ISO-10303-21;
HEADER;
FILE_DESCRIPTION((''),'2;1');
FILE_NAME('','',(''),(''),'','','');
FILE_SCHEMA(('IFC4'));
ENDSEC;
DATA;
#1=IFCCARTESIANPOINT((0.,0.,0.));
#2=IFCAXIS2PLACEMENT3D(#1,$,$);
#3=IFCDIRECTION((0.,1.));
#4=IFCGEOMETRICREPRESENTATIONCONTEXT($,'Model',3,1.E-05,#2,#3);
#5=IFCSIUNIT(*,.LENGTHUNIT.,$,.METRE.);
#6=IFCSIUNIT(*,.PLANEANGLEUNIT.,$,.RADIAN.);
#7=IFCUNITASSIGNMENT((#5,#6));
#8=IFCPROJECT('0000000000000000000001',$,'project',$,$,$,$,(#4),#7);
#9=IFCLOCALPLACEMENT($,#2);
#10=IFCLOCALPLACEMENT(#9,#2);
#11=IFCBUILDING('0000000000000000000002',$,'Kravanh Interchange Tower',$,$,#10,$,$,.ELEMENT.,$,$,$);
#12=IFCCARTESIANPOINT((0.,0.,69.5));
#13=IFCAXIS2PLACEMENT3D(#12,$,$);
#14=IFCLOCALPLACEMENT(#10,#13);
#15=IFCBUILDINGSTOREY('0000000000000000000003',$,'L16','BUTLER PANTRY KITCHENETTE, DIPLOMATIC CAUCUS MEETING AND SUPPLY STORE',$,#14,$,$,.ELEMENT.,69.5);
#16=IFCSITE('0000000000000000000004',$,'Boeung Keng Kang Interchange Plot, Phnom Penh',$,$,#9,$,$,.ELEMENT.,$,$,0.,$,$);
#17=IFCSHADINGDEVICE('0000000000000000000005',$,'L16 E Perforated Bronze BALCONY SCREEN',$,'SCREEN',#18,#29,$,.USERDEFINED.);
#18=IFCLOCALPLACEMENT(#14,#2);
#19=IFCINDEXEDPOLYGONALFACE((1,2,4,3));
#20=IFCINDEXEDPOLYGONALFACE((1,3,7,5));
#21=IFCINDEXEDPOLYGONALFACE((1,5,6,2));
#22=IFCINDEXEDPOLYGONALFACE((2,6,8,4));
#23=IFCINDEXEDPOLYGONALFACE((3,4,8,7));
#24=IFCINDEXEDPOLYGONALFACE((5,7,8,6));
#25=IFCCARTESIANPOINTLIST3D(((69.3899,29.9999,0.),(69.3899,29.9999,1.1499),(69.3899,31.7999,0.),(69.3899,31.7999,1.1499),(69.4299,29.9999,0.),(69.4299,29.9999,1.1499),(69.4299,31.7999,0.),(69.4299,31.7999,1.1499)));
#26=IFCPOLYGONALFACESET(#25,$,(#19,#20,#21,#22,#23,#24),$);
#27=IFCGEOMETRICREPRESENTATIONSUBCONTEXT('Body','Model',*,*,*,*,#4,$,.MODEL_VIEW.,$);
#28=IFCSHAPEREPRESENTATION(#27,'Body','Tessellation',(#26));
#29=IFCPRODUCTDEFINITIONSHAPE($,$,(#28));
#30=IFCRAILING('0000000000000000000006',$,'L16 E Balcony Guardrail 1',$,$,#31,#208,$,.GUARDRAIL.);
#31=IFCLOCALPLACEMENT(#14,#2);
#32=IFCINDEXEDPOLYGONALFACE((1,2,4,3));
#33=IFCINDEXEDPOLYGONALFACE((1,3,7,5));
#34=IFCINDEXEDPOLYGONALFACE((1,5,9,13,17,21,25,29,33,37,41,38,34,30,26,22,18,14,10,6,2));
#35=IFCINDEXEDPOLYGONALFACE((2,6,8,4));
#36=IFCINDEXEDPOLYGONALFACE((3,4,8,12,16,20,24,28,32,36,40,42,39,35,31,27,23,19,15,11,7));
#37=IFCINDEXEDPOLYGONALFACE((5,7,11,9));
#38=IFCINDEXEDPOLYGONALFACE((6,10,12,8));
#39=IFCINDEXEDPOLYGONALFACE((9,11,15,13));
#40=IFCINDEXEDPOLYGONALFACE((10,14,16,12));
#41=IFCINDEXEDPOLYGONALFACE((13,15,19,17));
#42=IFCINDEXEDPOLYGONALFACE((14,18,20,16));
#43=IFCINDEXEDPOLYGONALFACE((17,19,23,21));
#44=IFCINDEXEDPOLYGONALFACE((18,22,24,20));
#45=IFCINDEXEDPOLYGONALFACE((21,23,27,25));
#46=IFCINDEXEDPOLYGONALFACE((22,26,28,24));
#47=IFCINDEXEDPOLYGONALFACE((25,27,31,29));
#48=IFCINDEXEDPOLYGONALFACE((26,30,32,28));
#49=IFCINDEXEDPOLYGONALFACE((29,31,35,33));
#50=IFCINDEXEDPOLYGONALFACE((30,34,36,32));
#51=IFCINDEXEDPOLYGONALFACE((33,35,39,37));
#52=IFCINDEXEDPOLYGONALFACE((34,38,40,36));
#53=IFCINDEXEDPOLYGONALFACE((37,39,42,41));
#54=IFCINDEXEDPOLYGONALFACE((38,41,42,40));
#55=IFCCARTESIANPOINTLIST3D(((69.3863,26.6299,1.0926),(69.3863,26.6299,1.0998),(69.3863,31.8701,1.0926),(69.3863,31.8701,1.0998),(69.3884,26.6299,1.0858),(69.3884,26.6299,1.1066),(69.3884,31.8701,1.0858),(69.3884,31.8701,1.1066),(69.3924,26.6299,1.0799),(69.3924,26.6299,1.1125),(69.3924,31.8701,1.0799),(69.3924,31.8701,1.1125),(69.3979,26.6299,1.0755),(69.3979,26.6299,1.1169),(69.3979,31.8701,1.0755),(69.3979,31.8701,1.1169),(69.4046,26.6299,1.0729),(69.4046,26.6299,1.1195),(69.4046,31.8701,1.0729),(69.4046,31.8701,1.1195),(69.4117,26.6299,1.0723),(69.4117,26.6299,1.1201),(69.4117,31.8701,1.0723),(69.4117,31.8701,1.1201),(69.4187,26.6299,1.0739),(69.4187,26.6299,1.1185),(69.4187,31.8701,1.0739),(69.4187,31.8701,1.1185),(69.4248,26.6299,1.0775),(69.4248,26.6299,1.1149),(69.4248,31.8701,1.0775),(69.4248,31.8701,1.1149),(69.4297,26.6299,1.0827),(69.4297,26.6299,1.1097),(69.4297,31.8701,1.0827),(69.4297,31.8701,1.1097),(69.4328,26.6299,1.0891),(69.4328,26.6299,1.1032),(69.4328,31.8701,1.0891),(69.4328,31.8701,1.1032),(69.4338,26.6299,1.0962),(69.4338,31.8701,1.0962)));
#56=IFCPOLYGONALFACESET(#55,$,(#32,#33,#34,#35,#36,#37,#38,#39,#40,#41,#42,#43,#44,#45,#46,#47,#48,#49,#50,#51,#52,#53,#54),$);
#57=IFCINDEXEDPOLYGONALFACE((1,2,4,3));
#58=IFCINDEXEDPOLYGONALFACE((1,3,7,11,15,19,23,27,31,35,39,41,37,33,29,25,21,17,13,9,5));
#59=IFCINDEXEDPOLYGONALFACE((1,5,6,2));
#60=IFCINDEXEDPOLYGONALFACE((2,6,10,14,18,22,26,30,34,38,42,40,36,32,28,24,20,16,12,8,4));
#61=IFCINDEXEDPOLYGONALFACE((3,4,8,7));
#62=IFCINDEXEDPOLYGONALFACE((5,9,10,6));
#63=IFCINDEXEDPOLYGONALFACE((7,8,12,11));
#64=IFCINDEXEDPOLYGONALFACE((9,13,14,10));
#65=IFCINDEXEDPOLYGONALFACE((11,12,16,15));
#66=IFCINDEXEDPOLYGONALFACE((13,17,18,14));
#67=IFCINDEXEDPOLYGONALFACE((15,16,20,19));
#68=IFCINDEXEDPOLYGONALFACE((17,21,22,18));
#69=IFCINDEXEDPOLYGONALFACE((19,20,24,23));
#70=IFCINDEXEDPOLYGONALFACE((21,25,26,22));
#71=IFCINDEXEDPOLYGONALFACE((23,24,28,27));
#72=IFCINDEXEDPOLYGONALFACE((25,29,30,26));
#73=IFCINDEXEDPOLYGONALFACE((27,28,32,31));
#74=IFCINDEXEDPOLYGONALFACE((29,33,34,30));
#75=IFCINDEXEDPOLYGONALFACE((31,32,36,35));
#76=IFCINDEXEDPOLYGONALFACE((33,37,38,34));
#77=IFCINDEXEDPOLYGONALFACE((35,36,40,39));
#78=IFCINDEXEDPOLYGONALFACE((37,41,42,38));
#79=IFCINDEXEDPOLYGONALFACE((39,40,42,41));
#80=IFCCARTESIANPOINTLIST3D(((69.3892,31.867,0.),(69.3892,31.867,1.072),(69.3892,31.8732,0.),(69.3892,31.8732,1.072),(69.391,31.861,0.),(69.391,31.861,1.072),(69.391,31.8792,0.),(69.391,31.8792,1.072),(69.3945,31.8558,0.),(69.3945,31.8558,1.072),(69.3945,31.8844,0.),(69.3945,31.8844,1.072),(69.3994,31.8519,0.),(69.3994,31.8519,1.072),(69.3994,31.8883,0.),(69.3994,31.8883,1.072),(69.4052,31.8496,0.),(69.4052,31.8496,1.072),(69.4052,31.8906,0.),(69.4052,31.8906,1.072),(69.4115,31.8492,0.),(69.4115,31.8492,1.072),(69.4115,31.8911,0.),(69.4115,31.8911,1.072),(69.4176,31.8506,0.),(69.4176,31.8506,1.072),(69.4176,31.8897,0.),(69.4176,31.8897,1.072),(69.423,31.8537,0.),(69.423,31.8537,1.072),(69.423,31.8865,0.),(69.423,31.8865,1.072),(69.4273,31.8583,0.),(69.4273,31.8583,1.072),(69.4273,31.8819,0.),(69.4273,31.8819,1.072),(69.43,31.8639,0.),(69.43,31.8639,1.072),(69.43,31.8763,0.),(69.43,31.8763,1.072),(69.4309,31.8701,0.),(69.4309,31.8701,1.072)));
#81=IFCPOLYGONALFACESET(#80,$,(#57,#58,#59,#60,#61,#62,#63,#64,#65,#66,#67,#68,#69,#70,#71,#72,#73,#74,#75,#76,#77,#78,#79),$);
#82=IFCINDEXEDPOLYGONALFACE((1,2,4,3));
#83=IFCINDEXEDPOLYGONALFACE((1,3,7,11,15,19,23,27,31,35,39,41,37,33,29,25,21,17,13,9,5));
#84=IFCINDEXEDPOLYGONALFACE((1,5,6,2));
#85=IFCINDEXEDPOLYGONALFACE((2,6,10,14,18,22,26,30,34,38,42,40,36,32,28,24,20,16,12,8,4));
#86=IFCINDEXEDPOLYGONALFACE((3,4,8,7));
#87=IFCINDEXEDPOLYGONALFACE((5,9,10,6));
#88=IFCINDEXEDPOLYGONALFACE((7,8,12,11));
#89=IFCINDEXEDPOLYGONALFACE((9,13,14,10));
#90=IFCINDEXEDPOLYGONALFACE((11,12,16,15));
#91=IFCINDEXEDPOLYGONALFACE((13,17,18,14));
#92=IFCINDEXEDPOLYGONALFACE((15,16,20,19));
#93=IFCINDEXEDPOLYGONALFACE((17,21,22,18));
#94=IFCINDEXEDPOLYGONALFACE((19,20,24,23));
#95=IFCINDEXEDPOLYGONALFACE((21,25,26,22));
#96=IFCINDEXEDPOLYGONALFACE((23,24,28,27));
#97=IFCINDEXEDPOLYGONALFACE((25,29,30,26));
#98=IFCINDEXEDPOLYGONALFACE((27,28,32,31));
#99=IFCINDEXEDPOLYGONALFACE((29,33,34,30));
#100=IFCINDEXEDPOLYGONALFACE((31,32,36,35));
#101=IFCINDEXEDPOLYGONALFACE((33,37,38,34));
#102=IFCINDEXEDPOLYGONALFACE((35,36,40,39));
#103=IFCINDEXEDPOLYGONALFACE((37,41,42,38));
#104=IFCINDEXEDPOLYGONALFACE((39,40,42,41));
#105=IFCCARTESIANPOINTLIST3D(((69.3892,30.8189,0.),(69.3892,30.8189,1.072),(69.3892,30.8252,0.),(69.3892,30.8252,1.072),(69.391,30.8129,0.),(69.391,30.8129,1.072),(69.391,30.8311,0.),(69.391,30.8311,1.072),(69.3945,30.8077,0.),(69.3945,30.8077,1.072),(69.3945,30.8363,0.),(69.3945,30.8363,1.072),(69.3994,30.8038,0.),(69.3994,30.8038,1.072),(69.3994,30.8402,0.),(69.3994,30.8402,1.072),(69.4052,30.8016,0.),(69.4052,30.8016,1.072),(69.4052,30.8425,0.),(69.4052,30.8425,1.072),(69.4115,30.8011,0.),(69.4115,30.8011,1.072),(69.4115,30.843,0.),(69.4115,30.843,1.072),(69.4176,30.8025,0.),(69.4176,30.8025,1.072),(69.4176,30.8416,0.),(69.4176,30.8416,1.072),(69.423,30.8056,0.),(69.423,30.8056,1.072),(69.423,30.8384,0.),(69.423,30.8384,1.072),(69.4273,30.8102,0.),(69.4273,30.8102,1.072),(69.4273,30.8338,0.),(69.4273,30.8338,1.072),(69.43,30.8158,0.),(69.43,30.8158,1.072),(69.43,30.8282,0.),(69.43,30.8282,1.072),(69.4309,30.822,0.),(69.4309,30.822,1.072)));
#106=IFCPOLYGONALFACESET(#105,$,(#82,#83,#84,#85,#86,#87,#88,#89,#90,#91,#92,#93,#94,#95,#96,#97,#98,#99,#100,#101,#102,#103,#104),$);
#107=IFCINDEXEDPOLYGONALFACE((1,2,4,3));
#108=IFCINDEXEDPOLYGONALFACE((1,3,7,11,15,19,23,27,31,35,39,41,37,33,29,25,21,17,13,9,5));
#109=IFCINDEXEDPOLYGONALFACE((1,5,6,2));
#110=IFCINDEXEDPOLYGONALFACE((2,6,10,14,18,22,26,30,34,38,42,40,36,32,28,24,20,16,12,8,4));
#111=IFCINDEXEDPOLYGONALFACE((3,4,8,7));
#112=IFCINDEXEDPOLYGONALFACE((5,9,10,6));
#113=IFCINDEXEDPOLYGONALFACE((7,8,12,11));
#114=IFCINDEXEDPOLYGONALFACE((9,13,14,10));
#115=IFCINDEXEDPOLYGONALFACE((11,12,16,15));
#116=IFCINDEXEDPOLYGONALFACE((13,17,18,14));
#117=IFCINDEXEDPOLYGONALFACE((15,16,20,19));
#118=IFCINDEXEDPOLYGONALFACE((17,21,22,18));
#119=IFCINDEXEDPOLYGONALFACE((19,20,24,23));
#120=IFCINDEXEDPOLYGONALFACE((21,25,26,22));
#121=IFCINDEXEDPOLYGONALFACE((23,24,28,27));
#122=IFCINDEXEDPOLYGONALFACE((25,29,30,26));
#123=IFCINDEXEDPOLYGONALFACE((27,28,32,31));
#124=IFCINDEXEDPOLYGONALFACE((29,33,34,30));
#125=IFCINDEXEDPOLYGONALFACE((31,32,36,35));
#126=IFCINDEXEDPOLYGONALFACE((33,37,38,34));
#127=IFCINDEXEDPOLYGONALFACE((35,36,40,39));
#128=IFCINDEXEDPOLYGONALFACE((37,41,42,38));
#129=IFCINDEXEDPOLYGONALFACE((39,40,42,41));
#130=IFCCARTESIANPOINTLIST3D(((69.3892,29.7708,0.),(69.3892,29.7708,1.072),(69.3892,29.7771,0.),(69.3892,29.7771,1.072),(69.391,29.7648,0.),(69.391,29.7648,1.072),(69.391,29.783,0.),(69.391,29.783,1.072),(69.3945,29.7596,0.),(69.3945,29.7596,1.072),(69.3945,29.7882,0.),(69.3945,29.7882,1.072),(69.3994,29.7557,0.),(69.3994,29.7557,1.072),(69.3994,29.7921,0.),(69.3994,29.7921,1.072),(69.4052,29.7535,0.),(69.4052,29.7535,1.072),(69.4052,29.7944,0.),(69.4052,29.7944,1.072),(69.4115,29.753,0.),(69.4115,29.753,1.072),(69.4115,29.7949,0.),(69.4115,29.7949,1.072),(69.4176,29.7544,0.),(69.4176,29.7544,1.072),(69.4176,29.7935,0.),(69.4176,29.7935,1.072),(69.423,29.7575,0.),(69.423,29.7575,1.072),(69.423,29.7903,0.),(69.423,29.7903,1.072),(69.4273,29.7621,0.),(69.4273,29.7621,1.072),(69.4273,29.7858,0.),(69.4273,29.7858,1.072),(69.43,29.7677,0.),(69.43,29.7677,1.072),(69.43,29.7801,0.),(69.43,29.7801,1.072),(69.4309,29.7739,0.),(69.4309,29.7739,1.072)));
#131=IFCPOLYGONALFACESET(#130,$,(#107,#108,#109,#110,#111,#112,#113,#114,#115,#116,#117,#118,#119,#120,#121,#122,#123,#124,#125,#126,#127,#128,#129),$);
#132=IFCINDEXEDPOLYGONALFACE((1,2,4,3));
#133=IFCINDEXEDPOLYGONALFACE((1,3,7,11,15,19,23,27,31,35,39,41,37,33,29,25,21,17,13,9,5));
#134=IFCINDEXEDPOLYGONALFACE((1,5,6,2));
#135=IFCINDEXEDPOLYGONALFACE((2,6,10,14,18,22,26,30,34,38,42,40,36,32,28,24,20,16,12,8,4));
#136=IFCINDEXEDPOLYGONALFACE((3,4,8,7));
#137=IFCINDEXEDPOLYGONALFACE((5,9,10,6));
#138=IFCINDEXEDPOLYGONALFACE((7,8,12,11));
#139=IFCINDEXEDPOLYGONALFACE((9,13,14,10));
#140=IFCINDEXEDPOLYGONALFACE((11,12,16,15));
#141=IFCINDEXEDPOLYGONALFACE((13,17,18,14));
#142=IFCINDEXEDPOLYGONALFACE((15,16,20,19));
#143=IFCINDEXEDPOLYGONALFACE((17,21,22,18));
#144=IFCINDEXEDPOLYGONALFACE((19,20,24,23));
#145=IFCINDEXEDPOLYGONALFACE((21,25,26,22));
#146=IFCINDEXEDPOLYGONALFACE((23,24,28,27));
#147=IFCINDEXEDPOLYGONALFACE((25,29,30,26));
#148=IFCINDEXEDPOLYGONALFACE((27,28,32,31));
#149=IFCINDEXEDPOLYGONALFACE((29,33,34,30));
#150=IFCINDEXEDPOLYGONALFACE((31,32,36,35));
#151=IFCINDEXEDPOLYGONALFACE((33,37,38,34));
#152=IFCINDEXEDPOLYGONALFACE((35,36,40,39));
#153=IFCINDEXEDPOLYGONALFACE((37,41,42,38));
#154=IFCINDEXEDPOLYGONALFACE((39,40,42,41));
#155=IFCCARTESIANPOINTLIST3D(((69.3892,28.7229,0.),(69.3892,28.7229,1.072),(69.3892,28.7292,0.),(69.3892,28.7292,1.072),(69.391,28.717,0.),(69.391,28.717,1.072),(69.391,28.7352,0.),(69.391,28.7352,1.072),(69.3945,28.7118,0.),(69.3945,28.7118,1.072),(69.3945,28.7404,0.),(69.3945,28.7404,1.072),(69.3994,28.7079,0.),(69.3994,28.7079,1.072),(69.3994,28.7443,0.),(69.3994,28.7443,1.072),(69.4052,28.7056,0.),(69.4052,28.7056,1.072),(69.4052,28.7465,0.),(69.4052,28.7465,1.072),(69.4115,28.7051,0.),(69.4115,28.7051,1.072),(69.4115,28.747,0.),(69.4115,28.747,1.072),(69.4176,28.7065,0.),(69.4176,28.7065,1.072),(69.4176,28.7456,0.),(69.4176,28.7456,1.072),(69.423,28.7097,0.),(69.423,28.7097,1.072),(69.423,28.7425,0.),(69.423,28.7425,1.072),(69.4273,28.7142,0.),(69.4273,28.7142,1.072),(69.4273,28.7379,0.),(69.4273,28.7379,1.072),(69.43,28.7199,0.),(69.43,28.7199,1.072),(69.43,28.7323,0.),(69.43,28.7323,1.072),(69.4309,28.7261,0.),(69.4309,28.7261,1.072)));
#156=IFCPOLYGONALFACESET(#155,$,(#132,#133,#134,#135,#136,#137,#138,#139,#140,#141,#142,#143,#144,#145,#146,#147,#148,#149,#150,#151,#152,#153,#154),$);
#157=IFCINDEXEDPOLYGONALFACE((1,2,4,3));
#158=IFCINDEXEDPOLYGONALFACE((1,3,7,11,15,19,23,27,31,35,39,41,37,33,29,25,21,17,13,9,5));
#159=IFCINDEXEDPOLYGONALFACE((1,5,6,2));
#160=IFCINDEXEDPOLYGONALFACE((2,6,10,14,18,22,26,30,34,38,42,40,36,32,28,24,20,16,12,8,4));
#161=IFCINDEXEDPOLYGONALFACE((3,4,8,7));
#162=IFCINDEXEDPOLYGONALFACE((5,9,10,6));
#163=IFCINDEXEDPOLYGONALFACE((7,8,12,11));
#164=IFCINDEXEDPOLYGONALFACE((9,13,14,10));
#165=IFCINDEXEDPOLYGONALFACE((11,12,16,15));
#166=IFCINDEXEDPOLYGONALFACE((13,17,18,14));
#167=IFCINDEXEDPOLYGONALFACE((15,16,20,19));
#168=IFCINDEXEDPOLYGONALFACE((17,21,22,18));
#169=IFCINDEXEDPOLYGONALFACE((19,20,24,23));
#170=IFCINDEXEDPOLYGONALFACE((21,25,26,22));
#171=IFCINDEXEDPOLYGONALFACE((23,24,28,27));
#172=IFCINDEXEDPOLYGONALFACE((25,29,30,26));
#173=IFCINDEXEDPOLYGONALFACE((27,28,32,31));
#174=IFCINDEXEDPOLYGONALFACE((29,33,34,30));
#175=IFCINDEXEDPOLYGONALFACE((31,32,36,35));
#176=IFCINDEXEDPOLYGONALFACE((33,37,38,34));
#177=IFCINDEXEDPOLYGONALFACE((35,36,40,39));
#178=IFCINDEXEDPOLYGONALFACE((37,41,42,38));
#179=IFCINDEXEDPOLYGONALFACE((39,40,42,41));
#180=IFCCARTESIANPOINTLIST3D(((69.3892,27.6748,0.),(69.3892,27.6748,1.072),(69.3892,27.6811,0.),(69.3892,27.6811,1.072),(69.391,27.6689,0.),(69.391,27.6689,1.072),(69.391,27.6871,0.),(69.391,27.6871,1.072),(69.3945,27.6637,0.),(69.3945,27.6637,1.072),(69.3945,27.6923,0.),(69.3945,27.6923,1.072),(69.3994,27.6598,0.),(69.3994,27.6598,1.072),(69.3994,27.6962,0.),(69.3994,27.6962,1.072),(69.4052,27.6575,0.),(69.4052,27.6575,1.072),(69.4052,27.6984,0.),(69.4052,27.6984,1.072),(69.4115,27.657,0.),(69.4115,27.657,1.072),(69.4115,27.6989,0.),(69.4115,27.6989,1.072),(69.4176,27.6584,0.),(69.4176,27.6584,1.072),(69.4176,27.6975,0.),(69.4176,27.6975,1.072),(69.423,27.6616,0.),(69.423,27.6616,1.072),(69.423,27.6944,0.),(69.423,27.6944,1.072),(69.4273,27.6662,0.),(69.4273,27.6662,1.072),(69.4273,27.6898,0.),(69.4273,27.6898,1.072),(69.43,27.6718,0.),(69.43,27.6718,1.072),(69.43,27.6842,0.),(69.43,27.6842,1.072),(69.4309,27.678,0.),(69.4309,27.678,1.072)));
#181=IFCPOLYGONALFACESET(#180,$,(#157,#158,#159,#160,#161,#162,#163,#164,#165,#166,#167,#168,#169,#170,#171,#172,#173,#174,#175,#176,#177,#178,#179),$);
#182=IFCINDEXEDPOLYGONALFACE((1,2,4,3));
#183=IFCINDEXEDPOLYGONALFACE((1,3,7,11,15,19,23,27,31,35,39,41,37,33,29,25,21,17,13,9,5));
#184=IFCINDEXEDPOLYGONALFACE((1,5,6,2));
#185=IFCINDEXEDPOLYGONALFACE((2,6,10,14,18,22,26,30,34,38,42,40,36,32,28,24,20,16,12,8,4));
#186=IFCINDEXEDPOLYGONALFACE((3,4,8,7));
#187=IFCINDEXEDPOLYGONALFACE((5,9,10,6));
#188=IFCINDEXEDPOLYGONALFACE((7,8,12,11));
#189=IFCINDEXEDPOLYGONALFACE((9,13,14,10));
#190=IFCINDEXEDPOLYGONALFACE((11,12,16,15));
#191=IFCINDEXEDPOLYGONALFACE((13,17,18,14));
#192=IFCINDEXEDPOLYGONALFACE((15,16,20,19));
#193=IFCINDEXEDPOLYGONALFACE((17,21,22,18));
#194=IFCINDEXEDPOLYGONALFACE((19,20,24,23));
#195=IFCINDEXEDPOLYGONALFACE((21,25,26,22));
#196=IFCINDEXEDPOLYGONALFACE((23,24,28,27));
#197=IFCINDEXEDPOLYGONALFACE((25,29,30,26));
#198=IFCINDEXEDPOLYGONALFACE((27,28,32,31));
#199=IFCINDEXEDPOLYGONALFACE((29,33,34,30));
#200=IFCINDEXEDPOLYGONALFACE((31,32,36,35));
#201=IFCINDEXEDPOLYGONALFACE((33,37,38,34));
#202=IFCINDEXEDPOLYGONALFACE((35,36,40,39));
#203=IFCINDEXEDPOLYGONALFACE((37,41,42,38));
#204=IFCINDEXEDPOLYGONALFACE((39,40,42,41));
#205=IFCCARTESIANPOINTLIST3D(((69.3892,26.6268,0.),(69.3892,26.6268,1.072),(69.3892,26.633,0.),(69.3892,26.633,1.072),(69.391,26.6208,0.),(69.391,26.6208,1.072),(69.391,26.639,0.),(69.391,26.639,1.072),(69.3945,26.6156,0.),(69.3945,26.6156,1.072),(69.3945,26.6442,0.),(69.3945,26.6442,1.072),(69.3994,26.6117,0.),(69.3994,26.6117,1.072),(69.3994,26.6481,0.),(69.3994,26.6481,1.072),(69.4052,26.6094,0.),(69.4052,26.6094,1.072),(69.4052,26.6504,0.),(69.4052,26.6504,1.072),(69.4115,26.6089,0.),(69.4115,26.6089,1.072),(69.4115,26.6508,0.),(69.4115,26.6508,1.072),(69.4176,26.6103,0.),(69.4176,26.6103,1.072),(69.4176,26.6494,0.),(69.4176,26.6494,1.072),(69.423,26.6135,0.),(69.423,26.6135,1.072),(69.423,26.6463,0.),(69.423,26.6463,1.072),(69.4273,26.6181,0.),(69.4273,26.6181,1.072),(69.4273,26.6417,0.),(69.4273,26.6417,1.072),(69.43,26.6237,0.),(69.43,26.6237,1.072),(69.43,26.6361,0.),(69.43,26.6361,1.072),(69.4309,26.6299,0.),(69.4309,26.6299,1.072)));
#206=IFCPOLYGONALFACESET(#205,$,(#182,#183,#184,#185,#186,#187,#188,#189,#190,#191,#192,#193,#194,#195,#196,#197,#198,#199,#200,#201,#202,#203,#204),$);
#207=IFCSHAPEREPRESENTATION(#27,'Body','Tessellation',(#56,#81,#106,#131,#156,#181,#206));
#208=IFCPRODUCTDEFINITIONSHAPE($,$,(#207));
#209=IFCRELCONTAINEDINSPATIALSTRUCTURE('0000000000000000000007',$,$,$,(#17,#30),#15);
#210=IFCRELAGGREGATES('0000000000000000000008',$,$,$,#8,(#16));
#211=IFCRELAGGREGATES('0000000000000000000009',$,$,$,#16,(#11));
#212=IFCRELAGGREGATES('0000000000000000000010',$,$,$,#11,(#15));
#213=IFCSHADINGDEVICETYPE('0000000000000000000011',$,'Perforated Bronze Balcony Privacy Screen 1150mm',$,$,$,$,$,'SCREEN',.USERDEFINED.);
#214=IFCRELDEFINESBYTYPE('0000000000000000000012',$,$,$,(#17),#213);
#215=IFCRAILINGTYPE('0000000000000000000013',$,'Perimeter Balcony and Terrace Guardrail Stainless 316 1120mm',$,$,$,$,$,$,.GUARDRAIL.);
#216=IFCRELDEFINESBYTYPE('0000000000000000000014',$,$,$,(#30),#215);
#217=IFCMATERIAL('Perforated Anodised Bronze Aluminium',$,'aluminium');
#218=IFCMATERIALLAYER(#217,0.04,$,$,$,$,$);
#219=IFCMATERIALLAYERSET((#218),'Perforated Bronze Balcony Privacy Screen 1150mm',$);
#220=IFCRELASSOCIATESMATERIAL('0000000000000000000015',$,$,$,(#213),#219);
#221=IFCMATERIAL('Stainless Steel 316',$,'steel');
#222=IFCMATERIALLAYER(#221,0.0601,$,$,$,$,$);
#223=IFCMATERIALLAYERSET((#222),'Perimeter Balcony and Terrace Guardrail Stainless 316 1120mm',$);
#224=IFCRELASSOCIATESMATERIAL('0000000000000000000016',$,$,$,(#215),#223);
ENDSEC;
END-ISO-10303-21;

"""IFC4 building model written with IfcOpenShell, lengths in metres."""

from ifc_helpers import new_model, si_unit, direction, frame, origin, origin_2d, place, context, subcontext, project, spatial, rectangle, circle, extrude, material, layer, layer_set, type_object, element, save


model = new_model("IFC4")

# Units and contexts
model_context = context("Model", 3, precision=1e-05, world=origin(), true_north=direction((0.0, 1.0)))
body_context = subcontext(model_context, "Body", "Model", "MODEL_VIEW")
ifc_project = project(units=[si_unit("LENGTHUNIT", "METRE"), si_unit("PLANEANGLEUNIT", "RADIAN")], contexts=[model_context])

# Site, building, storey
site_placement = place(None, origin())
site = spatial("IfcSite", under=ifc_project, at=site_placement, Name="Boeung Keng Kang Interchange Plot, Phnom Penh", CompositionType="ELEMENT", RefElevation=0.0)
building_placement = place(site_placement, origin())
building = spatial("IfcBuilding", under=site, at=building_placement, Name="Kravanh Interchange Tower", CompositionType="ELEMENT")
storey_placement = place(building_placement, frame((0.0, 0.0, 69.5)))
storey = spatial("IfcBuildingStorey", under=building, at=storey_placement, Name="L16", Description="BUTLER PANTRY KITCHENETTE, DIPLOMATIC CAUCUS MEETING AND SUPPLY STORE", CompositionType="ELEMENT", Elevation=69.5)

# Shading device
ifc_material_1 = material(Name="Perforated Anodised Bronze Aluminium", Category="aluminium")
ifc_layer_1 = layer(ifc_material_1, 0.04)
ifc_layer_set_1 = layer_set([ifc_layer_1], Name="Perforated Bronze Balcony Privacy Screen 1150mm")
shading_device_type = type_object("IfcShadingDeviceType", Name="Perforated Bronze Balcony Privacy Screen 1150mm", ElementType="SCREEN", PredefinedType="USERDEFINED", material=ifc_layer_set_1)
shading_device_placement = place(storey_placement, frame((69.4099, 30.8999, 0.0), z_axis=(0.0, 0.0, 1.0), x_axis=(1.0, 0.0, 0.0)))
element("IfcShadingDevice", 1, at=shading_device_placement, inside=storey, type_object=shading_device_type, Name="L16 E Perforated Bronze BALCONY SCREEN", ObjectType="SCREEN", PredefinedType="USERDEFINED", context=body_context, shape_type="SweptSolid", body=[
    extrude(rectangle(XDim=0.04, YDim=1.8, at=origin_2d()), origin(), (0.0, 0.0, 1.0), 1.1499),
])

# Railing
ifc_material_2 = material(Name="Stainless Steel 316", Category="steel")
ifc_layer_2 = layer(ifc_material_2, 0.0601)
ifc_layer_set_2 = layer_set([ifc_layer_2], Name="Perimeter Balcony and Terrace Guardrail Stainless 316 1120mm")
railing_type = type_object("IfcRailingType", Name="Perimeter Balcony and Terrace Guardrail Stainless 316 1120mm", PredefinedType="GUARDRAIL", material=ifc_layer_set_2)
railing_1_placement = place(storey_placement, frame((69.4099, 31.8701, 0.0)))
element("IfcRailing", 2, at=railing_1_placement, inside=storey, type_object=railing_type, Name="L16 E Balcony Guardrail 1", PredefinedType="GUARDRAIL", context=body_context, shape_type="SweptSolid", body=[
    extrude(circle(Radius=0.0239, at=origin_2d()), frame((0.0, 0.0, 1.0962), z_axis=(0.0, -1.0, 0.0), x_axis=(1.0, 0.0, 0.0)), (0.0, 0.0, 1.0), 5.2402),
    extrude(circle(Radius=0.021, at=origin_2d()), origin(), (0.0, 0.0, 1.0), 1.072),
    extrude(circle(Radius=0.021, at=origin_2d()), frame((0.0, -1.0481, 0.0)), (0.0, 0.0, 1.0), 1.072),
    extrude(circle(Radius=0.021, at=origin_2d()), frame((0.0, -2.0962, 0.0)), (0.0, 0.0, 1.0), 1.072),
    extrude(circle(Radius=0.021, at=origin_2d()), frame((0.0, -3.144, 0.0)), (0.0, 0.0, 1.0), 1.072),
    extrude(circle(Radius=0.021, at=origin_2d()), frame((0.0, -4.1921, 0.0)), (0.0, 0.0, 1.0), 1.072),
    extrude(circle(Radius=0.021, at=origin_2d()), frame((0.0, -5.2402, 0.0)), (0.0, 0.0, 1.0), 1.072),
])

save(model, "model.ifc")
